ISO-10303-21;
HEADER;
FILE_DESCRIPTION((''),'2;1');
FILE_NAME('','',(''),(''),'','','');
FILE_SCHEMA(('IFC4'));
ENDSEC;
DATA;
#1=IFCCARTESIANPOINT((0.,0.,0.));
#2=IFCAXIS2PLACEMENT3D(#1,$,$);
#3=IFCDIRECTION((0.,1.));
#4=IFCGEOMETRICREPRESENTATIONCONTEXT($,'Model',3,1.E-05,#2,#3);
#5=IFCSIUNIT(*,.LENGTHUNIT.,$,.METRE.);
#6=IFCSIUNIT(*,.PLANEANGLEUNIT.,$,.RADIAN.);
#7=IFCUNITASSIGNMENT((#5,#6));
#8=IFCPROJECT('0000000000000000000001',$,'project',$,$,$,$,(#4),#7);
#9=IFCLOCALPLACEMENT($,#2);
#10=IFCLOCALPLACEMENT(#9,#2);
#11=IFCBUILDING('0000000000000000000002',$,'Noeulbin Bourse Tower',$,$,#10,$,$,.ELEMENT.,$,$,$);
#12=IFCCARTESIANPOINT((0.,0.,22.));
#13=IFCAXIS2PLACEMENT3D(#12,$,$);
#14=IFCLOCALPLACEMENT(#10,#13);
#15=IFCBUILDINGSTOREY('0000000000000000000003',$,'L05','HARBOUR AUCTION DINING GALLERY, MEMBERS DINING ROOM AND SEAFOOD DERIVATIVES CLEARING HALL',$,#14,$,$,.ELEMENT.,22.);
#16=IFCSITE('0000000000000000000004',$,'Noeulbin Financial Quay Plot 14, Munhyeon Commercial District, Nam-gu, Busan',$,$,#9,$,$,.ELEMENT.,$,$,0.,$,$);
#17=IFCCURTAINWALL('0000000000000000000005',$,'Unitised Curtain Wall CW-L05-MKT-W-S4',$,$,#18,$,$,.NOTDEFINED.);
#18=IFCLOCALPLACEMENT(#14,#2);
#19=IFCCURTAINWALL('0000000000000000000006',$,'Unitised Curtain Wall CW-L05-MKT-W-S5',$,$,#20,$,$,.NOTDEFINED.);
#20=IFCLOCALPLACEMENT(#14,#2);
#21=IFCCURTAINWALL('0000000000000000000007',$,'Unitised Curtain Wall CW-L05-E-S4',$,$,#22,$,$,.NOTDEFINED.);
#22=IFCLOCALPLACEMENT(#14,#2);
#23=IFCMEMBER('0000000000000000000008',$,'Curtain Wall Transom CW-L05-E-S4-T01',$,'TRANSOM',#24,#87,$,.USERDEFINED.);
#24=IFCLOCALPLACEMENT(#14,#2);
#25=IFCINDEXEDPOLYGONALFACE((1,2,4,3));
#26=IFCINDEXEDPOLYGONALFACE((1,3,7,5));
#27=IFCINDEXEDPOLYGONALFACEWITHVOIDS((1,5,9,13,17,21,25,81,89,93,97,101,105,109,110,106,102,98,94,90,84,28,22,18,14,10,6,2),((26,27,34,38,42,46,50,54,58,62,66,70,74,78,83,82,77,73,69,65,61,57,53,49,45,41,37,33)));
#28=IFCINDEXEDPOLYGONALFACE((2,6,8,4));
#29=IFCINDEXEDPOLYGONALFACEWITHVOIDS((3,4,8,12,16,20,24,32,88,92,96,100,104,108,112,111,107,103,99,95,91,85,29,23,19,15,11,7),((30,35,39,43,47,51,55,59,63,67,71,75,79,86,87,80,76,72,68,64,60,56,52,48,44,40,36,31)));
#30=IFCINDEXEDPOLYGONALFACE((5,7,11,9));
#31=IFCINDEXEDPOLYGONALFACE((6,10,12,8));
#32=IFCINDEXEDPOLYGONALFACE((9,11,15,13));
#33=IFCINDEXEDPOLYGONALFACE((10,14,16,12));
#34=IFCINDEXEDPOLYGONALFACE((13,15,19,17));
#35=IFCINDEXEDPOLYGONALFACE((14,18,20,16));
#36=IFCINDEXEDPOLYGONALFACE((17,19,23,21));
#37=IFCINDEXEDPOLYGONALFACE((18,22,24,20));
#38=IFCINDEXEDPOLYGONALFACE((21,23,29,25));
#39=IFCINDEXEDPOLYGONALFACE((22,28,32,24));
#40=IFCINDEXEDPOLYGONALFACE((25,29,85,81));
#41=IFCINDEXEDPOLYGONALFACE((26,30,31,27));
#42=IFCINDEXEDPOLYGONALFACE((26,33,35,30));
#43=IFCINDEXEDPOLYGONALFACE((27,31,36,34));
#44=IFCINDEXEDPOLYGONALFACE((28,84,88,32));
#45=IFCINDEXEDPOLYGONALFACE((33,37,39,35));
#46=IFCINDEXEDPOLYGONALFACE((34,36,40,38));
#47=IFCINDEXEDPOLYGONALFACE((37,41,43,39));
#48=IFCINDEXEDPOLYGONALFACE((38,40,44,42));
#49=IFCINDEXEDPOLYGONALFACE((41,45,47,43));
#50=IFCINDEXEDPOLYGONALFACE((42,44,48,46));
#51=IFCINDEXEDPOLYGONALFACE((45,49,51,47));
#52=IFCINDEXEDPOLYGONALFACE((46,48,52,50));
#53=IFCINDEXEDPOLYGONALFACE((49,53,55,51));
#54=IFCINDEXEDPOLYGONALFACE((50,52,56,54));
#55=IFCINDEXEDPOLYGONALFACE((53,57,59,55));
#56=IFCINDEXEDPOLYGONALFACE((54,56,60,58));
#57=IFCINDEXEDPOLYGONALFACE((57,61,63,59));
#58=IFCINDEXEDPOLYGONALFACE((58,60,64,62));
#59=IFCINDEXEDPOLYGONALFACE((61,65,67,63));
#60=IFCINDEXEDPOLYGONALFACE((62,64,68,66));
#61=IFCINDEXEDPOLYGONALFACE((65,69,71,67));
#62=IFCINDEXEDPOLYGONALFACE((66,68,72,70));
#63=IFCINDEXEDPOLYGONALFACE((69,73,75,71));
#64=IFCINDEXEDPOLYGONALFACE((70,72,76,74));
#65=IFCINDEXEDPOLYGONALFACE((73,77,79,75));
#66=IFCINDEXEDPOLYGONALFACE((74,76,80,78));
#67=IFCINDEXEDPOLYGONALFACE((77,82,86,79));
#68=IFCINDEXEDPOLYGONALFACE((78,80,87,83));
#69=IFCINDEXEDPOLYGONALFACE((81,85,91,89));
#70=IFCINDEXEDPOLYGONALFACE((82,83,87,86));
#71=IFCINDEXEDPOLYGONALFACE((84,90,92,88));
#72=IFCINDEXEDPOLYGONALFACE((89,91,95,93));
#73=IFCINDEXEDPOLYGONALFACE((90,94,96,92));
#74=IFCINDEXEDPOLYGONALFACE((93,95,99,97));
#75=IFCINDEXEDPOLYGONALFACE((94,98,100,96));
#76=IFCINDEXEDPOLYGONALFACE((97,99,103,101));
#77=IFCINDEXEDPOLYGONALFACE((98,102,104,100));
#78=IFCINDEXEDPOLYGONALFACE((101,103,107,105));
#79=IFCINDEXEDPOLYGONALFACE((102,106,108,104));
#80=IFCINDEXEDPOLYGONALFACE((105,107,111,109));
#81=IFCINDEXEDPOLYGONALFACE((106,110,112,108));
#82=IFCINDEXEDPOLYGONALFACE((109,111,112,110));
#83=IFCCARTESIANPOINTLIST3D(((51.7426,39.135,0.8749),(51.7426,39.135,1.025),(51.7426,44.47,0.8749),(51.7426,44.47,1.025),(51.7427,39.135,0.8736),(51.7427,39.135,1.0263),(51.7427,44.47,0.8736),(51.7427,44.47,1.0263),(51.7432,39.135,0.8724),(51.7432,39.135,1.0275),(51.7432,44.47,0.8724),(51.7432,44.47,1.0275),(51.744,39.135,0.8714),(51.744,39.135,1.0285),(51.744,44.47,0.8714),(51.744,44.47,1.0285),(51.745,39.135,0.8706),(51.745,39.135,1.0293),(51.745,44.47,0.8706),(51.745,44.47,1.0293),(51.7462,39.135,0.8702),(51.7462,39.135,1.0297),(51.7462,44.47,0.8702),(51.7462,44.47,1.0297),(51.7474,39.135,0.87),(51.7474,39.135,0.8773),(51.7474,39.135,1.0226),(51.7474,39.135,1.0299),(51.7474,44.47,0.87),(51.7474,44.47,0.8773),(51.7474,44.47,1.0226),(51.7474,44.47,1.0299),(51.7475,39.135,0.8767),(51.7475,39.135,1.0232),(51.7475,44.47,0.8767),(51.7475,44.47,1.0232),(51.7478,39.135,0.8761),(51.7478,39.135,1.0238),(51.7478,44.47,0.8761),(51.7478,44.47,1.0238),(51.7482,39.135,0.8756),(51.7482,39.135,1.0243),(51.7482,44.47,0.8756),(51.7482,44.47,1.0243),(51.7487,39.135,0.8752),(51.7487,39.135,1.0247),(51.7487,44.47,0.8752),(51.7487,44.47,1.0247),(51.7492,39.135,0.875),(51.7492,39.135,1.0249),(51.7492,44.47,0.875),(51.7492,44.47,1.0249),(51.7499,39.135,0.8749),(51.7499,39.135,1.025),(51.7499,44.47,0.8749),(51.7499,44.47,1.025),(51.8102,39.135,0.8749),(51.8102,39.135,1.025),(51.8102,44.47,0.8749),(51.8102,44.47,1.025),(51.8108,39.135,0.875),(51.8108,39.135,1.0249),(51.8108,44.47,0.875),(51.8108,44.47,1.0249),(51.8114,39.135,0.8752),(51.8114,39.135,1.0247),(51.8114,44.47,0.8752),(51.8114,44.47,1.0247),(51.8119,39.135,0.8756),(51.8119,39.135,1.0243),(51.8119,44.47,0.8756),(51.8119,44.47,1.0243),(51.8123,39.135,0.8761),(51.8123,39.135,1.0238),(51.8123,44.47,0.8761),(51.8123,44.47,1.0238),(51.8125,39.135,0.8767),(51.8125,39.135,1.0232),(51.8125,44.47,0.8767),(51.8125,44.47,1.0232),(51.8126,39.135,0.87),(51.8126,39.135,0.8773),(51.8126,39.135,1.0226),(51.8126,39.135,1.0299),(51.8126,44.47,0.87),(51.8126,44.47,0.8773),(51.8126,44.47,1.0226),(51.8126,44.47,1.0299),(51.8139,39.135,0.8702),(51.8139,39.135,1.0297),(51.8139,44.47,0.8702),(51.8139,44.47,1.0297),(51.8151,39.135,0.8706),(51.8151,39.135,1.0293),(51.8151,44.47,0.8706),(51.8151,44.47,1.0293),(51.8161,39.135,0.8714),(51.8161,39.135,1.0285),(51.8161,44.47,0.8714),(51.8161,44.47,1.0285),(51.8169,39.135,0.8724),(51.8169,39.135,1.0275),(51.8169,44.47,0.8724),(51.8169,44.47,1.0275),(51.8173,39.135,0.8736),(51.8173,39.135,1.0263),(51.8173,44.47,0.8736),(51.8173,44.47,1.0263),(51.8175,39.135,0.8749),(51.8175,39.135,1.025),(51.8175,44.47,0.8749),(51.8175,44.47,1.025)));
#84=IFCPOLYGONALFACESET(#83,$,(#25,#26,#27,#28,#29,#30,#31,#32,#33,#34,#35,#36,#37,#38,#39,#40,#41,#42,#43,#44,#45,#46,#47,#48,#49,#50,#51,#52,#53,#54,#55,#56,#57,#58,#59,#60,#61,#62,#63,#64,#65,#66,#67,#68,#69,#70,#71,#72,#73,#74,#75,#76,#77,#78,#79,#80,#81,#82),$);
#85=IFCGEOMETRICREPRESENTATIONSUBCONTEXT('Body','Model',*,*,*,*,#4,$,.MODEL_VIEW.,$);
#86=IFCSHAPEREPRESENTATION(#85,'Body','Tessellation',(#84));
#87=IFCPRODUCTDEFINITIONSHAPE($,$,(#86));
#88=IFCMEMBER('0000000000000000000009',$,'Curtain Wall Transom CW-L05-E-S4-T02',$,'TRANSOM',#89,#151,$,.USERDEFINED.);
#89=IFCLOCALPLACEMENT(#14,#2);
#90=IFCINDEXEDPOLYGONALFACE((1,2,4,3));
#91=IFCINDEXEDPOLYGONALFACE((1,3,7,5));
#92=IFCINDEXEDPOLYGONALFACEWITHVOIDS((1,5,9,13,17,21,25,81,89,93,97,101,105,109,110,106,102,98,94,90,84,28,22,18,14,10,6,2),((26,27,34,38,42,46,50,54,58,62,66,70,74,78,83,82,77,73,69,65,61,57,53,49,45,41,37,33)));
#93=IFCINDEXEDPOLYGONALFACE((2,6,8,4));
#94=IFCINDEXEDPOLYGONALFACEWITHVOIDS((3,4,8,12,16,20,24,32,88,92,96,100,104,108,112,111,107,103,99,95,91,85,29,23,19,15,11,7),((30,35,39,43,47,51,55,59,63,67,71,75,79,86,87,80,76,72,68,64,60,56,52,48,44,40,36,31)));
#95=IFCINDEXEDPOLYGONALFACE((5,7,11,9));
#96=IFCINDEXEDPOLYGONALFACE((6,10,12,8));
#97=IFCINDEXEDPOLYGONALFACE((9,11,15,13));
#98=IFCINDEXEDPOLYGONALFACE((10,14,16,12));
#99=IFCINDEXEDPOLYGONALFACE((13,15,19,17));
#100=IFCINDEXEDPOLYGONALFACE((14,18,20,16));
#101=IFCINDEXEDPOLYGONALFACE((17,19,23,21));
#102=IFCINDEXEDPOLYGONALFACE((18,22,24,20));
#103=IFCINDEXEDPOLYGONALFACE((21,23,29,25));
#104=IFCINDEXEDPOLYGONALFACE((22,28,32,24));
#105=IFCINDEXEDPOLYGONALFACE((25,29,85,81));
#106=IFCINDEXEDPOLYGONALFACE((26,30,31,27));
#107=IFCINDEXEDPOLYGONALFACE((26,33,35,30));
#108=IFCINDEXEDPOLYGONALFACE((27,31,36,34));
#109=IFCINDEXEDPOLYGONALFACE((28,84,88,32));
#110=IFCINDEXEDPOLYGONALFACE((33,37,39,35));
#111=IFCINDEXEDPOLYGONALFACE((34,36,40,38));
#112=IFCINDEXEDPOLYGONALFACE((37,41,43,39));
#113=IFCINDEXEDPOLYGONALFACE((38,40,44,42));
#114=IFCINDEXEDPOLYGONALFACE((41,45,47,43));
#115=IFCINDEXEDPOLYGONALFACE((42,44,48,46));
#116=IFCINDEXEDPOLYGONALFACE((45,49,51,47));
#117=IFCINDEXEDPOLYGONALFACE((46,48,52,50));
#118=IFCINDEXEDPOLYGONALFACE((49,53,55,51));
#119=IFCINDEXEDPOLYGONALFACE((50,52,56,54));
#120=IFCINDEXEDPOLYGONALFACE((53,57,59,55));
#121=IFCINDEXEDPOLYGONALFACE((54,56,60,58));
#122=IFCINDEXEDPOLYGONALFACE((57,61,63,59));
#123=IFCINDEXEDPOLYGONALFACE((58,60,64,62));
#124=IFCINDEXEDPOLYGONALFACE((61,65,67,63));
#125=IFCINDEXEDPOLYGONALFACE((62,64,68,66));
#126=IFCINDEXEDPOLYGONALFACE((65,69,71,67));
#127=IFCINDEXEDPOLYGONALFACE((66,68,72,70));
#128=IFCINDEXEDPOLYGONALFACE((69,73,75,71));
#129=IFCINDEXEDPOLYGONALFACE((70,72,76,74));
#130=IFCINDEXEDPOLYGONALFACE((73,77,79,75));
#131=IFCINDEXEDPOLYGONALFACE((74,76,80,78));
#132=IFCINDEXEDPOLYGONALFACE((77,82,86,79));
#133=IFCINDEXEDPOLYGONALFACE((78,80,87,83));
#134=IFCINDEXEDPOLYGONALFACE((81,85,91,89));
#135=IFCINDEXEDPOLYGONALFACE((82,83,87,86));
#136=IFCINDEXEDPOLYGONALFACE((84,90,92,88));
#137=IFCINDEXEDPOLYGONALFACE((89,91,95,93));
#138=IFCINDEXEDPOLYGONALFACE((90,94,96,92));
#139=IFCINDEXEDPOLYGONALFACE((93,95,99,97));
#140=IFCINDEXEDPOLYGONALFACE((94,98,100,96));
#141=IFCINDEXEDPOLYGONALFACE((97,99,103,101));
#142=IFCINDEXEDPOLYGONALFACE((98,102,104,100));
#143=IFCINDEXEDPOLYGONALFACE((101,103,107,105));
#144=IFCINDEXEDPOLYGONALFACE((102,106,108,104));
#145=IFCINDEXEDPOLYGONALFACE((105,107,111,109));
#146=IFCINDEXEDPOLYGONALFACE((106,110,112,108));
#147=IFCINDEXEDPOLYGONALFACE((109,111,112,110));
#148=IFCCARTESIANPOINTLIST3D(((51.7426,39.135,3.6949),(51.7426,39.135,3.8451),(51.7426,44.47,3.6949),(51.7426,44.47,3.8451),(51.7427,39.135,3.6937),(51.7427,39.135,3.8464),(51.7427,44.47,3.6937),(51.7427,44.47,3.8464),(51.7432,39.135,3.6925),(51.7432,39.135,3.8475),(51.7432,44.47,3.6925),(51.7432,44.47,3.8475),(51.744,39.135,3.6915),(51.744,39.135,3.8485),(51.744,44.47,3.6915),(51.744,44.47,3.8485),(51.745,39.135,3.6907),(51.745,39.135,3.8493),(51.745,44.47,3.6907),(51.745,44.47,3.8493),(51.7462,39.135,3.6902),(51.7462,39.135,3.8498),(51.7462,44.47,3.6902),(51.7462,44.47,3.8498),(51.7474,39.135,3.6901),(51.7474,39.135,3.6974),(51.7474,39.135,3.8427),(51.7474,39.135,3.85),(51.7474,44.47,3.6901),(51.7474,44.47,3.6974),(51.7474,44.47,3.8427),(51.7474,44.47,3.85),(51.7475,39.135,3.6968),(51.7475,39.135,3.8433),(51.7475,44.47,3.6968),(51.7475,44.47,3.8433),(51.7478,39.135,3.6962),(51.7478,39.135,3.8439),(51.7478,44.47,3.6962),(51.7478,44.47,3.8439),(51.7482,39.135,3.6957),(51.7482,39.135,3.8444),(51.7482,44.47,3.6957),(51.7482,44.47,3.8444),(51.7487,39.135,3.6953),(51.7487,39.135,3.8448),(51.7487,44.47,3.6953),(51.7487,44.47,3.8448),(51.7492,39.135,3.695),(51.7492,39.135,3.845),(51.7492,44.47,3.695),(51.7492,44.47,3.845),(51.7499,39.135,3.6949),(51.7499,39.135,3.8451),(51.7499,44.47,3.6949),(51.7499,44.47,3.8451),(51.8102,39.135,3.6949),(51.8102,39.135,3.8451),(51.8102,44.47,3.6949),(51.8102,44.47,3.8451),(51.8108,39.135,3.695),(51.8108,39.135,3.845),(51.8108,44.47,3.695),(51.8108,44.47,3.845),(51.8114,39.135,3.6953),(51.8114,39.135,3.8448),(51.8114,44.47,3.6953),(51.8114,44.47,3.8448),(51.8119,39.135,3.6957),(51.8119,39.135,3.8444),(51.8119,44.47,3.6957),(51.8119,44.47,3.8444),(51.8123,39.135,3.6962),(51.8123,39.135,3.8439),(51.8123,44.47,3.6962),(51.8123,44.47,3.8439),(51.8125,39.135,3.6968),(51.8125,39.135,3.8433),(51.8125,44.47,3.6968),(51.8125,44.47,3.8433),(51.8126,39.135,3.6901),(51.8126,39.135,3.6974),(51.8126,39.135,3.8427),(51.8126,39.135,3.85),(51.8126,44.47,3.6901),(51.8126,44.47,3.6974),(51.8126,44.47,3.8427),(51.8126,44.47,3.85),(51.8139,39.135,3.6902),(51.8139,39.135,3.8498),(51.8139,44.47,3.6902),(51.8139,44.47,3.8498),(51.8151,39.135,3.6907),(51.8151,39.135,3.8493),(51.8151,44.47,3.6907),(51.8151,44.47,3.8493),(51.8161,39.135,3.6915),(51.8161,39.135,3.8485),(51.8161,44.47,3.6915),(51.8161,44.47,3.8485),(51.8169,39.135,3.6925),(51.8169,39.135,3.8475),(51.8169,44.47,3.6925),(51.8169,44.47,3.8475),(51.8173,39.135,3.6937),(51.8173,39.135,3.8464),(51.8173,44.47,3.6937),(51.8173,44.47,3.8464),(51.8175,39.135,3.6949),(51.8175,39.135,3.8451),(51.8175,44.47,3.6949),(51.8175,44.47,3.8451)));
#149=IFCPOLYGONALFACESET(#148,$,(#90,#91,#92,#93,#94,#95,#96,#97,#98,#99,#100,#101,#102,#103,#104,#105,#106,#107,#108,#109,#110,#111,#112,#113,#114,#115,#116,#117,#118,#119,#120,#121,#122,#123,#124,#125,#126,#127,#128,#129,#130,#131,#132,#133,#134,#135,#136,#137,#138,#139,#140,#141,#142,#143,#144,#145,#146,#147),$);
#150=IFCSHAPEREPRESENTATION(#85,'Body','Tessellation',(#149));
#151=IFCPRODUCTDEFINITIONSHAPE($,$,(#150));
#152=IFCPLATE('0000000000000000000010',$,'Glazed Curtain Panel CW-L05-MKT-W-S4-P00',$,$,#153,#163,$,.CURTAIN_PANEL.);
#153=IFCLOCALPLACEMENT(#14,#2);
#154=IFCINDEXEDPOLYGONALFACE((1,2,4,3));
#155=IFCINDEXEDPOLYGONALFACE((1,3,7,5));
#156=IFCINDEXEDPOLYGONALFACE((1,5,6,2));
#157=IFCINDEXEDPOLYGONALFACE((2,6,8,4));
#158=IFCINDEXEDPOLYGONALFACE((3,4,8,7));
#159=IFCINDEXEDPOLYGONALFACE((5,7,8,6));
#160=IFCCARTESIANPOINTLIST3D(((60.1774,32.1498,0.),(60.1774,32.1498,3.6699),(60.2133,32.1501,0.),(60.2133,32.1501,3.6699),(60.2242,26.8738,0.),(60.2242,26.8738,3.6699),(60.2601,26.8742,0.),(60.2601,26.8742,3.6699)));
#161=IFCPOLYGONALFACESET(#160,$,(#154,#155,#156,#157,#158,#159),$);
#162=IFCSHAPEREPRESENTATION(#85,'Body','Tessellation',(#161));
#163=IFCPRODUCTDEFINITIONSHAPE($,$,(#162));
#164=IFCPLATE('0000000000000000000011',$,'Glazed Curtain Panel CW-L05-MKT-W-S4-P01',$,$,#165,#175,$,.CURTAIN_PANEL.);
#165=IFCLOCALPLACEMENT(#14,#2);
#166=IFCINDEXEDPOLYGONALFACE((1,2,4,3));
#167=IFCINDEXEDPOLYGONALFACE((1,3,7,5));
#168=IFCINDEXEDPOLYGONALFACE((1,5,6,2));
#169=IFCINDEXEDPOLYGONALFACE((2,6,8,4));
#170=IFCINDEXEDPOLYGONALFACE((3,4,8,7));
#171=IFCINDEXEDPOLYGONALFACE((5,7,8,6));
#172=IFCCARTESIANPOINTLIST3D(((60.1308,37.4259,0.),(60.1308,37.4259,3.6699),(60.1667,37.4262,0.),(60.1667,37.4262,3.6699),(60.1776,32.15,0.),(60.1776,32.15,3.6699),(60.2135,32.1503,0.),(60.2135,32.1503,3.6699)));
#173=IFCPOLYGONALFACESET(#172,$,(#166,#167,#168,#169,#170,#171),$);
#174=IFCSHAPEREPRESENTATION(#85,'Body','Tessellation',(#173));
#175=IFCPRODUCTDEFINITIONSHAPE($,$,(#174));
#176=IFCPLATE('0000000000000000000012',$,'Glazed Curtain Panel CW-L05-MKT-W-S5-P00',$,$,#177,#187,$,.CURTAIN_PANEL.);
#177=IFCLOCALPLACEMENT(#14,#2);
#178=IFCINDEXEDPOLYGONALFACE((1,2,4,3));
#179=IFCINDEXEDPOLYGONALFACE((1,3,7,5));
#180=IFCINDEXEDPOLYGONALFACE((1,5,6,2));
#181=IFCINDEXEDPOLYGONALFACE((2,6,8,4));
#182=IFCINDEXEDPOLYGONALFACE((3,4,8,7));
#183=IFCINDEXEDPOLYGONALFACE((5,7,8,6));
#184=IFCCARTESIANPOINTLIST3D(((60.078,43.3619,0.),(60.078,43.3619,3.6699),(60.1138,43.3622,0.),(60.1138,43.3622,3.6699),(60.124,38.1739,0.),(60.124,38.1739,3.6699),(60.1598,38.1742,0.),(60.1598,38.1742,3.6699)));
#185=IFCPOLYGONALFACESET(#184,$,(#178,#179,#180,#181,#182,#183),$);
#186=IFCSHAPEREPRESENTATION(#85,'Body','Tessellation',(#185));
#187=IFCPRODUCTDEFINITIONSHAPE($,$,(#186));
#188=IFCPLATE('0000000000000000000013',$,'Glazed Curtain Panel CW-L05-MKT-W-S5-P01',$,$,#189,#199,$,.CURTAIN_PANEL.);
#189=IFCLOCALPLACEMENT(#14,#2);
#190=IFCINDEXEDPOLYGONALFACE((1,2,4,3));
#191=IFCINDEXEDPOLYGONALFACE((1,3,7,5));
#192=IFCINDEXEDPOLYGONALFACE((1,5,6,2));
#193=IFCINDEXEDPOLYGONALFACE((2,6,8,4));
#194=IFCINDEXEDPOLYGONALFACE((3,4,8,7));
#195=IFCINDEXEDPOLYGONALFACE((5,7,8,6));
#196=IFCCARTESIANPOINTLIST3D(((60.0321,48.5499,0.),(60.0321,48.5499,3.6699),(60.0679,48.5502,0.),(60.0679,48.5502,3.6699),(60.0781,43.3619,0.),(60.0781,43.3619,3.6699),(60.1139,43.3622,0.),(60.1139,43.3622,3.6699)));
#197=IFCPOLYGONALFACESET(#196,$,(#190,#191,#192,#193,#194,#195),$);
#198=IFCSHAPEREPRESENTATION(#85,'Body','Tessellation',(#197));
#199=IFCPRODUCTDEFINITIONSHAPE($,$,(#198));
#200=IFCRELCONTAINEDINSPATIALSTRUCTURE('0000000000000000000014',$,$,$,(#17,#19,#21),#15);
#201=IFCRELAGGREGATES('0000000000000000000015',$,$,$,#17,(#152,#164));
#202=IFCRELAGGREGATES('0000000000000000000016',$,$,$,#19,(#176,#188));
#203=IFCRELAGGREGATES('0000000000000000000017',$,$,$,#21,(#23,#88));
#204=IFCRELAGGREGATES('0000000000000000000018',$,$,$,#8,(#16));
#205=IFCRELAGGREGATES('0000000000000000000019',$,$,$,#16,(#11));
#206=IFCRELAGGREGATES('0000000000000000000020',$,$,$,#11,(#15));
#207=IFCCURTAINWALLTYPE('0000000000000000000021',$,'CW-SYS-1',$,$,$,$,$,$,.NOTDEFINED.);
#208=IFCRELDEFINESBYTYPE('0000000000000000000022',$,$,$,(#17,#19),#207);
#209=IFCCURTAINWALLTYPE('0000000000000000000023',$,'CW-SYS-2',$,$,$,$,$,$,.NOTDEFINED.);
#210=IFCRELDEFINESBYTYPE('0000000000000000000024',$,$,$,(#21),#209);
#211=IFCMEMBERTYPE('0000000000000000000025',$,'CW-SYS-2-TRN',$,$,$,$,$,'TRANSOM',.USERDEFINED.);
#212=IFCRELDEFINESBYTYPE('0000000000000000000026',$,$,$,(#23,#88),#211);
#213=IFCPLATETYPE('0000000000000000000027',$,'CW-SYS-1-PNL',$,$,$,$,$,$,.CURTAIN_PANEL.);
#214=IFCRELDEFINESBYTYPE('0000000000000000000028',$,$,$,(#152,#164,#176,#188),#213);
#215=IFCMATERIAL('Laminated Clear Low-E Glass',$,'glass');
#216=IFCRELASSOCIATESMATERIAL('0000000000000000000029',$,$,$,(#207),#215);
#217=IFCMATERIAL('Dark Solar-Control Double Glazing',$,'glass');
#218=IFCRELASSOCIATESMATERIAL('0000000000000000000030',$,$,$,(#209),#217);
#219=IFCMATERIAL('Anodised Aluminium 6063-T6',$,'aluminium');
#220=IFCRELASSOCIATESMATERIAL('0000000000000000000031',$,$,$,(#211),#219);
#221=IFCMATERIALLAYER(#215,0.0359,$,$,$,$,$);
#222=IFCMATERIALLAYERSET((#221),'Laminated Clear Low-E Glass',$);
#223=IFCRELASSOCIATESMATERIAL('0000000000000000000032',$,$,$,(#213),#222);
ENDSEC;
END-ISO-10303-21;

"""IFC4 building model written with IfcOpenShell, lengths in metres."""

from ifc_helpers import new_model, si_unit, direction, frame, origin, origin_2d, place, context, subcontext, project, spatial, rectangle, hollow_rectangle, extrude, material, layer, layer_set, material_profile, profile_set, type_object, element, aggregate, save


model = new_model("IFC4")

# Units and contexts
model_context = context("Model", 3, precision=1e-05, world=origin(), true_north=direction((0.0, 1.0)))
body_context = subcontext(model_context, "Body", "Model", "MODEL_VIEW")
ifc_project = project(units=[si_unit("LENGTHUNIT", "METRE"), si_unit("PLANEANGLEUNIT", "RADIAN")], contexts=[model_context])

# Site, building, storey
site_placement = place(None, origin())
site = spatial("IfcSite", under=ifc_project, at=site_placement, Name="Noeulbin Financial Quay Plot 14, Munhyeon Commercial District, Nam-gu, Busan", CompositionType="ELEMENT", RefElevation=0.0)
building_placement = place(site_placement, origin())
building = spatial("IfcBuilding", under=site, at=building_placement, Name="Noeulbin Bourse Tower", CompositionType="ELEMENT")
storey_placement = place(building_placement, frame((0.0, 0.0, 22.0)))
storey = spatial("IfcBuildingStorey", under=building, at=storey_placement, Name="L05", Description="HARBOUR AUCTION DINING GALLERY, MEMBERS DINING ROOM AND SEAFOOD DERIVATIVES CLEARING HALL", CompositionType="ELEMENT", Elevation=22.0)

# Curtain walls
ifc_material_1 = material(Name="Laminated Clear Low-E Glass", Category="glass")
curtain_wall_type_1 = type_object("IfcCurtainWallType", Name="CW-SYS-1", PredefinedType="NOTDEFINED", material=ifc_material_1)
curtain_wall_1_placement = place(storey_placement, origin())
curtain_wall_1 = element("IfcCurtainWall", 1, at=curtain_wall_1_placement, inside=storey, type_object=curtain_wall_type_1, Name="Unitised Curtain Wall CW-L05-MKT-W-S4", PredefinedType="NOTDEFINED")
ifc_material_2 = material(Name="Anodised Aluminium 6063-T6", Category="aluminium")
curtain_wall_2_placement = place(storey_placement, origin())
curtain_wall_2 = element("IfcCurtainWall", 2, at=curtain_wall_2_placement, inside=storey, type_object=curtain_wall_type_1, Name="Unitised Curtain Wall CW-L05-MKT-W-S5", PredefinedType="NOTDEFINED")

# Shared definitions
ifc_material_3 = material(Name="Dark Solar-Control Double Glazing", Category="glass")
curtain_wall_type_2 = type_object("IfcCurtainWallType", Name="CW-SYS-2", PredefinedType="NOTDEFINED", material=ifc_material_3)

# Curtain wall
curtain_wall_3_placement = place(storey_placement, origin())
curtain_wall_3 = element("IfcCurtainWall", 3, at=curtain_wall_3_placement, inside=storey, type_object=curtain_wall_type_2, Name="Unitised Curtain Wall CW-L05-E-S4", PredefinedType="NOTDEFINED")

# Members
ifc_material_profile_1 = material_profile(ifc_material_2, hollow_rectangle(XDim=0.075, YDim=0.1599, WallThickness=0.0049, InnerFilletRadius=0.0024, OuterFilletRadius=0.0049, at=origin_2d()), Name="ALU-TRAN-75x160x5", Category="LoadBearing")
ifc_profile_set_1 = profile_set([ifc_material_profile_1], Name="Anodised Aluminium 6063-T6")
member_type_1 = type_object("IfcMemberType", Name="CW-SYS-2-TRN", ElementType="TRANSOM", PredefinedType="USERDEFINED", material=ifc_profile_set_1)
member_1_placement = place(storey_placement, frame((51.78, 39.135, 0.95), z_axis=(0.0, 1.0, 0.0), x_axis=(-1.0, 0.0, 0.0)))
member_1 = element("IfcMember", 4, at=member_1_placement, type_object=member_type_1, Name="Curtain Wall Transom CW-L05-E-S4-T01", ObjectType="TRANSOM", PredefinedType="USERDEFINED", context=body_context, shape_type="SweptSolid", body=[
    extrude(hollow_rectangle(XDim=0.075, YDim=0.1599, WallThickness=0.0049, InnerFilletRadius=0.0024, OuterFilletRadius=0.0049, at=origin_2d()), origin(), (0.0, 0.0, 1.0), 5.335),
])
member_2_placement = place(storey_placement, frame((51.78, 39.135, 3.77), z_axis=(0.0, 1.0, 0.0), x_axis=(-1.0, 0.0, 0.0)))
member_2 = element("IfcMember", 5, at=member_2_placement, type_object=member_type_1, Name="Curtain Wall Transom CW-L05-E-S4-T02", ObjectType="TRANSOM", PredefinedType="USERDEFINED", context=body_context, shape_type="SweptSolid", body=[
    extrude(hollow_rectangle(XDim=0.075, YDim=0.1599, WallThickness=0.0049, InnerFilletRadius=0.0024, OuterFilletRadius=0.0049, at=origin_2d()), origin(), (0.0, 0.0, 1.0), 5.335),
])

# Plates
ifc_layer_1 = layer(ifc_material_1, 0.0359)
ifc_layer_set_1 = layer_set([ifc_layer_1], Name="Laminated Clear Low-E Glass")
plate_type_1 = type_object("IfcPlateType", Name="CW-SYS-1-PNL", PredefinedType="CURTAIN_PANEL", material=ifc_layer_set_1)
plate_1_placement = place(storey_placement, frame((60.2188, 29.512, 0.0), z_axis=(0.0, 0.0, 1.0), x_axis=(-0.008866, 0.999961, 0.0)))
plate_1 = element("IfcPlate", 6, at=plate_1_placement, type_object=plate_type_1, Name="Glazed Curtain Panel CW-L05-MKT-W-S4-P00", PredefinedType="CURTAIN_PANEL", context=body_context, shape_type="SweptSolid", body=[
    extrude(rectangle(XDim=5.2761, YDim=0.0359, at=origin_2d()), origin(), (0.0, 0.0, 1.0), 3.6699),
])
plate_2_placement = place(storey_placement, frame((60.1721, 34.7881, 0.0), z_axis=(0.0, 0.0, 1.0), x_axis=(-0.008866, 0.999961, 0.0)))
plate_2 = element("IfcPlate", 7, at=plate_2_placement, type_object=plate_type_1, Name="Glazed Curtain Panel CW-L05-MKT-W-S4-P01", PredefinedType="CURTAIN_PANEL", context=body_context, shape_type="SweptSolid", body=[
    extrude(rectangle(XDim=5.2761, YDim=0.0359, at=origin_2d()), origin(), (0.0, 0.0, 1.0), 3.6699),
])
aggregate(curtain_wall_1, [plate_1, plate_2])
plate_3_placement = place(storey_placement, frame((60.1189, 40.7681, 0.0), z_axis=(0.0, 0.0, 1.0), x_axis=(-0.008866, 0.999961, 0.0)))
plate_3 = element("IfcPlate", 8, at=plate_3_placement, type_object=plate_type_1, Name="Glazed Curtain Panel CW-L05-MKT-W-S5-P00", PredefinedType="CURTAIN_PANEL", context=body_context, shape_type="SweptSolid", body=[
    extrude(rectangle(XDim=5.1882, YDim=0.0359, at=origin_2d()), origin(), (0.0, 0.0, 1.0), 3.6699),
])
plate_4_placement = place(storey_placement, frame((60.073, 45.9561, 0.0), z_axis=(0.0, 0.0, 1.0), x_axis=(-0.008866, 0.999961, 0.0)))
plate_4 = element("IfcPlate", 9, at=plate_4_placement, type_object=plate_type_1, Name="Glazed Curtain Panel CW-L05-MKT-W-S5-P01", PredefinedType="CURTAIN_PANEL", context=body_context, shape_type="SweptSolid", body=[
    extrude(rectangle(XDim=5.1882, YDim=0.0359, at=origin_2d()), origin(), (0.0, 0.0, 1.0), 3.6699),
])
aggregate(curtain_wall_2, [plate_3, plate_4])
aggregate(curtain_wall_3, [member_1, member_2])

save(model, "model.ifc")
